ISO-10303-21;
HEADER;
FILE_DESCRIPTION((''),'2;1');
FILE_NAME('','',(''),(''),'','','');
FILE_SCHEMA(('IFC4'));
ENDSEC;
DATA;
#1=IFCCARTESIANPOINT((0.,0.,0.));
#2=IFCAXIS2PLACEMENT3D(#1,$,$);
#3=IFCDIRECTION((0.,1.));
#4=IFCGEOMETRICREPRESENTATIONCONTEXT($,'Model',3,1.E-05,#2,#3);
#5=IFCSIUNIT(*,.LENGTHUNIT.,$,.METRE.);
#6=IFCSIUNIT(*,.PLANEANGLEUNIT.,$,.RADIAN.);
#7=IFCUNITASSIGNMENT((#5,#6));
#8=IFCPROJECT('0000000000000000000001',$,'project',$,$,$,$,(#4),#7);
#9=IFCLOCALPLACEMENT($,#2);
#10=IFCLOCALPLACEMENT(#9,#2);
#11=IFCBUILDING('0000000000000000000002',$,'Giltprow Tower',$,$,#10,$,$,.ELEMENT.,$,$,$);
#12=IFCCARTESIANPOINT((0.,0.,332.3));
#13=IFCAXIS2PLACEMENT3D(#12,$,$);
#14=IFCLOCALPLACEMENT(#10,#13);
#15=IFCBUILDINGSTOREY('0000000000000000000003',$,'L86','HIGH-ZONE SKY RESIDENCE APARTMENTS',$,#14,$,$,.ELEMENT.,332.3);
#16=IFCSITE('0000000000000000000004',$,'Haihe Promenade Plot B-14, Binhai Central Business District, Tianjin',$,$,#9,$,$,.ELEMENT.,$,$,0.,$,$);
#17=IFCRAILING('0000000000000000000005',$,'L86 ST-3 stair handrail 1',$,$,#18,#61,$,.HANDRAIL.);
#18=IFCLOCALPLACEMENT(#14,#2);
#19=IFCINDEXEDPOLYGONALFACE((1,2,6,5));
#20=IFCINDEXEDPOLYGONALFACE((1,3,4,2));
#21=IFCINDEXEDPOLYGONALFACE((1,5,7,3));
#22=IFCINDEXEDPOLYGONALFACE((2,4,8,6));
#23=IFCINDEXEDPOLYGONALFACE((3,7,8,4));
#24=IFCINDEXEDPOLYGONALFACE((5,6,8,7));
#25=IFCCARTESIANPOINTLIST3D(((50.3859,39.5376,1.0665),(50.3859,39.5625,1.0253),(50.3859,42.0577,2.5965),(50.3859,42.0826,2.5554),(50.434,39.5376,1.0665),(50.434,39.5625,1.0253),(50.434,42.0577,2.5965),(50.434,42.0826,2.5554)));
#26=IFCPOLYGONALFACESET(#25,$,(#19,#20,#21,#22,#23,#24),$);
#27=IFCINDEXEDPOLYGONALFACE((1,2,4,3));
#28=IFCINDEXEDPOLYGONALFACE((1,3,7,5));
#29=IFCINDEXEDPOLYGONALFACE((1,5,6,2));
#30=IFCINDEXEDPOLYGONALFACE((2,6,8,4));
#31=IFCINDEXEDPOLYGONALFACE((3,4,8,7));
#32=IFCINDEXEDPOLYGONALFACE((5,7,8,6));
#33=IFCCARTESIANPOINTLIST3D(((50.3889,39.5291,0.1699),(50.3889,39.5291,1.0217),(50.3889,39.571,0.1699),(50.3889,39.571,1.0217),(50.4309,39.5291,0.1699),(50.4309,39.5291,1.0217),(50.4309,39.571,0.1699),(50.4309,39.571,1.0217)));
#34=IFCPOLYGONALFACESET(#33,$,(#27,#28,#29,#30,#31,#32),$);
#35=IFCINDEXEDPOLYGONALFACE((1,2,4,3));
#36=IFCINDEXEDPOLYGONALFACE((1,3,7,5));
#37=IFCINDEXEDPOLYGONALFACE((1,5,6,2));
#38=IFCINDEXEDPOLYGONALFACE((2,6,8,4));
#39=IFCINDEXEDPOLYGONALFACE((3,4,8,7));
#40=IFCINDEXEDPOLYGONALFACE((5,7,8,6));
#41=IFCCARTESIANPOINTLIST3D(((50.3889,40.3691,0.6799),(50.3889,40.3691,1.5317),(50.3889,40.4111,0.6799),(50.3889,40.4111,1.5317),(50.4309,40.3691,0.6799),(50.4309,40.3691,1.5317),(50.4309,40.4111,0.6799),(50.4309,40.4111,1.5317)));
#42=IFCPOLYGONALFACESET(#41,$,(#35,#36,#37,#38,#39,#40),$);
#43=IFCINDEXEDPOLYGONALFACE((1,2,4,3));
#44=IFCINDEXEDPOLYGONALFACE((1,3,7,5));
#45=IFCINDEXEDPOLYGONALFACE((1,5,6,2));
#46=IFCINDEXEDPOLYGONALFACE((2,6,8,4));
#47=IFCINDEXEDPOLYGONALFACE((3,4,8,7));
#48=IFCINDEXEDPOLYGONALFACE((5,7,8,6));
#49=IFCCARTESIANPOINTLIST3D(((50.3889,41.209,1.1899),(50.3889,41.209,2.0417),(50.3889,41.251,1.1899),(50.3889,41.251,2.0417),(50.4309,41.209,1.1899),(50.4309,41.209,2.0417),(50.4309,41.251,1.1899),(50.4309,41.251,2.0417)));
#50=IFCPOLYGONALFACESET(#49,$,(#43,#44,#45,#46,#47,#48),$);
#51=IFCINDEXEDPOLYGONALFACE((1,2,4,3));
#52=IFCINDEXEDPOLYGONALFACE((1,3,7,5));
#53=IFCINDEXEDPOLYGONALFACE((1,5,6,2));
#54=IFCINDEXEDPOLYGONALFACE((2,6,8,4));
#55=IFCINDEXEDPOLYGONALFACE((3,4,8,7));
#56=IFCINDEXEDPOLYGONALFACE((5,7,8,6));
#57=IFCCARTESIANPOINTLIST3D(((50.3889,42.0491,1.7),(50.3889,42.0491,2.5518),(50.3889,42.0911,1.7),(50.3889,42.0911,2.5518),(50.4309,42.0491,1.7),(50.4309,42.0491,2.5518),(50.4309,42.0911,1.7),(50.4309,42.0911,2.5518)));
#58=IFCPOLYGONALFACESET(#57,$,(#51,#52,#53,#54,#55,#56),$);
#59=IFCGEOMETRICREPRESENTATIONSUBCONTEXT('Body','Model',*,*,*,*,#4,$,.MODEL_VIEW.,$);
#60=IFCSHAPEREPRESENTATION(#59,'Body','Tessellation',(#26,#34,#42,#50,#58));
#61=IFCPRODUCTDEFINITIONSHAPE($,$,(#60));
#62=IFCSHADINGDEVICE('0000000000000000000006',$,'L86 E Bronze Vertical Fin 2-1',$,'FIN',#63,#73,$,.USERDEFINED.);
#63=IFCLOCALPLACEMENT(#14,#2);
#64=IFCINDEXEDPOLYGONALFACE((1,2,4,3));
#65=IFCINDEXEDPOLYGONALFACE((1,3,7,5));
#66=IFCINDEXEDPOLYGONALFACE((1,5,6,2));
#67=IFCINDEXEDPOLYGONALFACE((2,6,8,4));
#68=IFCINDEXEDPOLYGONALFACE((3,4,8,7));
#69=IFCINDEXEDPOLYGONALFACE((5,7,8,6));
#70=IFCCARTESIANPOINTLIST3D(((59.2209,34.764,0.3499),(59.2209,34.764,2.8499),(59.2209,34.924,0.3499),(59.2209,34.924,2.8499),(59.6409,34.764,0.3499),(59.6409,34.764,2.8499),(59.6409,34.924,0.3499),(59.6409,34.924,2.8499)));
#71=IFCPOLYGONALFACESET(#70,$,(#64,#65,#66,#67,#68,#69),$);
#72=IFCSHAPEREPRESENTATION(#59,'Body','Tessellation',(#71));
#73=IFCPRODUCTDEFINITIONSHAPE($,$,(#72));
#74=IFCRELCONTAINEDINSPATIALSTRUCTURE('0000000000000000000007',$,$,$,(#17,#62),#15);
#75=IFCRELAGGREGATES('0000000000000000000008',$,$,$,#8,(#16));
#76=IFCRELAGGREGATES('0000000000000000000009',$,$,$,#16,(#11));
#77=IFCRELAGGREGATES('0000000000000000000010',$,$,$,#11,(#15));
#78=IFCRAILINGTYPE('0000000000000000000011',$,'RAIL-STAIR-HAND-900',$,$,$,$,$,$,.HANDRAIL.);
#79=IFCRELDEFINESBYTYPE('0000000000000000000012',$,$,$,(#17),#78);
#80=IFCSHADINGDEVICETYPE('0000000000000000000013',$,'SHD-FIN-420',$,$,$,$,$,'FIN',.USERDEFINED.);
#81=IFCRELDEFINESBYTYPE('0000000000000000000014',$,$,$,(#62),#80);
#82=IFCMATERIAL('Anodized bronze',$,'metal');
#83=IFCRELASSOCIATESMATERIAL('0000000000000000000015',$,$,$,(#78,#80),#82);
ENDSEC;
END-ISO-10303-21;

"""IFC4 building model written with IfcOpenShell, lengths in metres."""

from ifc_helpers import new_model, si_unit, direction, frame, origin, origin_2d, place, context, subcontext, project, spatial, rectangle, extrude, source, transform, mapped, material, type_object, element, save


model = new_model("IFC4")

# Units and contexts
model_context = context("Model", 3, precision=1e-05, world=origin(), true_north=direction((0.0, 1.0)))
body_context = subcontext(model_context, "Body", "Model", "MODEL_VIEW")
ifc_project = project(units=[si_unit("LENGTHUNIT", "METRE"), si_unit("PLANEANGLEUNIT", "RADIAN")], contexts=[model_context])

# Site, building, storey
site_placement = place(None, origin())
site = spatial("IfcSite", under=ifc_project, at=site_placement, Name="Haihe Promenade Plot B-14, Binhai Central Business District, Tianjin", CompositionType="ELEMENT", RefElevation=0.0)
building_placement = place(site_placement, origin())
building = spatial("IfcBuilding", under=site, at=building_placement, Name="Giltprow Tower", CompositionType="ELEMENT")
storey_placement = place(building_placement, frame((0.0, 0.0, 332.3)))
storey = spatial("IfcBuildingStorey", under=building, at=storey_placement, Name="L86", Description="HIGH-ZONE SKY RESIDENCE APARTMENTS", CompositionType="ELEMENT", Elevation=332.3)

# Railing
ifc_material_1 = material(Name="Anodized bronze", Category="metal")
railing_type = type_object("IfcRailingType", Name="RAIL-STAIR-HAND-900", PredefinedType="HANDRAIL", material=ifc_material_1)
railing_placement = place(storey_placement, frame((50.4099, 39.55, 0.1699)))
element("IfcRailing", 1, at=railing_placement, inside=storey, type_object=railing_type, Name="L86 ST-3 stair handrail 1", PredefinedType="HANDRAIL", context=body_context, shape_type="SweptSolid", body=[
    extrude(rectangle(XDim=0.0481, YDim=0.0481, at=origin_2d()), frame((0.0, 0.0, 0.876), z_axis=(0.0, 0.854785, 0.518982), x_axis=(-1.0, 0.0, 0.0)), (0.0, 0.0, 1.0), 2.9482),
    extrude(rectangle(XDim=0.042, YDim=0.042, at=origin_2d()), origin(), (0.0, 0.0, 1.0), 0.8518),
    extrude(rectangle(XDim=0.042, YDim=0.042, at=origin_2d()), frame((0.0, 0.8401, 0.51)), (0.0, 0.0, 1.0), 0.8518),
    extrude(rectangle(XDim=0.042, YDim=0.042, at=origin_2d()), frame((0.0, 1.6799, 1.02)), (0.0, 0.0, 1.0), 0.8518),
    extrude(rectangle(XDim=0.042, YDim=0.042, at=origin_2d()), frame((0.0, 2.52, 1.53)), (0.0, 0.0, 1.0), 0.8518),
])

# Shading device
shading_device_type = type_object("IfcShadingDeviceType", Name="SHD-FIN-420", ElementType="FIN", PredefinedType="USERDEFINED", material=ifc_material_1)
shared_shape_1 = source(origin(), body_context, "Body", "SweptSolid", [
    extrude(rectangle(XDim=0.4199, YDim=0.1599, at=origin_2d()), origin(), (0.0, 0.0, 1.0), 2.5),
])
shading_device_placement = place(storey_placement, frame((59.4309, 34.844, 0.3499), z_axis=(0.0, 0.0, 1.0), x_axis=(1.0, 0.0, 0.0)))
element("IfcShadingDevice", 2, at=shading_device_placement, inside=storey, type_object=shading_device_type, Name="L86 E Bronze Vertical Fin 2-1", ObjectType="FIN", PredefinedType="USERDEFINED", context=body_context, shape_type="MappedRepresentation", body=[
    mapped(shared_shape_1, transform((0.0, 0.0, 0.0), x_axis=(1.0, 0.0, 0.0), y_axis=(0.0, 1.0, 0.0), z_axis=(0.0, 0.0, 1.0), scale=1.0)),
])

save(model, "model.ifc")
